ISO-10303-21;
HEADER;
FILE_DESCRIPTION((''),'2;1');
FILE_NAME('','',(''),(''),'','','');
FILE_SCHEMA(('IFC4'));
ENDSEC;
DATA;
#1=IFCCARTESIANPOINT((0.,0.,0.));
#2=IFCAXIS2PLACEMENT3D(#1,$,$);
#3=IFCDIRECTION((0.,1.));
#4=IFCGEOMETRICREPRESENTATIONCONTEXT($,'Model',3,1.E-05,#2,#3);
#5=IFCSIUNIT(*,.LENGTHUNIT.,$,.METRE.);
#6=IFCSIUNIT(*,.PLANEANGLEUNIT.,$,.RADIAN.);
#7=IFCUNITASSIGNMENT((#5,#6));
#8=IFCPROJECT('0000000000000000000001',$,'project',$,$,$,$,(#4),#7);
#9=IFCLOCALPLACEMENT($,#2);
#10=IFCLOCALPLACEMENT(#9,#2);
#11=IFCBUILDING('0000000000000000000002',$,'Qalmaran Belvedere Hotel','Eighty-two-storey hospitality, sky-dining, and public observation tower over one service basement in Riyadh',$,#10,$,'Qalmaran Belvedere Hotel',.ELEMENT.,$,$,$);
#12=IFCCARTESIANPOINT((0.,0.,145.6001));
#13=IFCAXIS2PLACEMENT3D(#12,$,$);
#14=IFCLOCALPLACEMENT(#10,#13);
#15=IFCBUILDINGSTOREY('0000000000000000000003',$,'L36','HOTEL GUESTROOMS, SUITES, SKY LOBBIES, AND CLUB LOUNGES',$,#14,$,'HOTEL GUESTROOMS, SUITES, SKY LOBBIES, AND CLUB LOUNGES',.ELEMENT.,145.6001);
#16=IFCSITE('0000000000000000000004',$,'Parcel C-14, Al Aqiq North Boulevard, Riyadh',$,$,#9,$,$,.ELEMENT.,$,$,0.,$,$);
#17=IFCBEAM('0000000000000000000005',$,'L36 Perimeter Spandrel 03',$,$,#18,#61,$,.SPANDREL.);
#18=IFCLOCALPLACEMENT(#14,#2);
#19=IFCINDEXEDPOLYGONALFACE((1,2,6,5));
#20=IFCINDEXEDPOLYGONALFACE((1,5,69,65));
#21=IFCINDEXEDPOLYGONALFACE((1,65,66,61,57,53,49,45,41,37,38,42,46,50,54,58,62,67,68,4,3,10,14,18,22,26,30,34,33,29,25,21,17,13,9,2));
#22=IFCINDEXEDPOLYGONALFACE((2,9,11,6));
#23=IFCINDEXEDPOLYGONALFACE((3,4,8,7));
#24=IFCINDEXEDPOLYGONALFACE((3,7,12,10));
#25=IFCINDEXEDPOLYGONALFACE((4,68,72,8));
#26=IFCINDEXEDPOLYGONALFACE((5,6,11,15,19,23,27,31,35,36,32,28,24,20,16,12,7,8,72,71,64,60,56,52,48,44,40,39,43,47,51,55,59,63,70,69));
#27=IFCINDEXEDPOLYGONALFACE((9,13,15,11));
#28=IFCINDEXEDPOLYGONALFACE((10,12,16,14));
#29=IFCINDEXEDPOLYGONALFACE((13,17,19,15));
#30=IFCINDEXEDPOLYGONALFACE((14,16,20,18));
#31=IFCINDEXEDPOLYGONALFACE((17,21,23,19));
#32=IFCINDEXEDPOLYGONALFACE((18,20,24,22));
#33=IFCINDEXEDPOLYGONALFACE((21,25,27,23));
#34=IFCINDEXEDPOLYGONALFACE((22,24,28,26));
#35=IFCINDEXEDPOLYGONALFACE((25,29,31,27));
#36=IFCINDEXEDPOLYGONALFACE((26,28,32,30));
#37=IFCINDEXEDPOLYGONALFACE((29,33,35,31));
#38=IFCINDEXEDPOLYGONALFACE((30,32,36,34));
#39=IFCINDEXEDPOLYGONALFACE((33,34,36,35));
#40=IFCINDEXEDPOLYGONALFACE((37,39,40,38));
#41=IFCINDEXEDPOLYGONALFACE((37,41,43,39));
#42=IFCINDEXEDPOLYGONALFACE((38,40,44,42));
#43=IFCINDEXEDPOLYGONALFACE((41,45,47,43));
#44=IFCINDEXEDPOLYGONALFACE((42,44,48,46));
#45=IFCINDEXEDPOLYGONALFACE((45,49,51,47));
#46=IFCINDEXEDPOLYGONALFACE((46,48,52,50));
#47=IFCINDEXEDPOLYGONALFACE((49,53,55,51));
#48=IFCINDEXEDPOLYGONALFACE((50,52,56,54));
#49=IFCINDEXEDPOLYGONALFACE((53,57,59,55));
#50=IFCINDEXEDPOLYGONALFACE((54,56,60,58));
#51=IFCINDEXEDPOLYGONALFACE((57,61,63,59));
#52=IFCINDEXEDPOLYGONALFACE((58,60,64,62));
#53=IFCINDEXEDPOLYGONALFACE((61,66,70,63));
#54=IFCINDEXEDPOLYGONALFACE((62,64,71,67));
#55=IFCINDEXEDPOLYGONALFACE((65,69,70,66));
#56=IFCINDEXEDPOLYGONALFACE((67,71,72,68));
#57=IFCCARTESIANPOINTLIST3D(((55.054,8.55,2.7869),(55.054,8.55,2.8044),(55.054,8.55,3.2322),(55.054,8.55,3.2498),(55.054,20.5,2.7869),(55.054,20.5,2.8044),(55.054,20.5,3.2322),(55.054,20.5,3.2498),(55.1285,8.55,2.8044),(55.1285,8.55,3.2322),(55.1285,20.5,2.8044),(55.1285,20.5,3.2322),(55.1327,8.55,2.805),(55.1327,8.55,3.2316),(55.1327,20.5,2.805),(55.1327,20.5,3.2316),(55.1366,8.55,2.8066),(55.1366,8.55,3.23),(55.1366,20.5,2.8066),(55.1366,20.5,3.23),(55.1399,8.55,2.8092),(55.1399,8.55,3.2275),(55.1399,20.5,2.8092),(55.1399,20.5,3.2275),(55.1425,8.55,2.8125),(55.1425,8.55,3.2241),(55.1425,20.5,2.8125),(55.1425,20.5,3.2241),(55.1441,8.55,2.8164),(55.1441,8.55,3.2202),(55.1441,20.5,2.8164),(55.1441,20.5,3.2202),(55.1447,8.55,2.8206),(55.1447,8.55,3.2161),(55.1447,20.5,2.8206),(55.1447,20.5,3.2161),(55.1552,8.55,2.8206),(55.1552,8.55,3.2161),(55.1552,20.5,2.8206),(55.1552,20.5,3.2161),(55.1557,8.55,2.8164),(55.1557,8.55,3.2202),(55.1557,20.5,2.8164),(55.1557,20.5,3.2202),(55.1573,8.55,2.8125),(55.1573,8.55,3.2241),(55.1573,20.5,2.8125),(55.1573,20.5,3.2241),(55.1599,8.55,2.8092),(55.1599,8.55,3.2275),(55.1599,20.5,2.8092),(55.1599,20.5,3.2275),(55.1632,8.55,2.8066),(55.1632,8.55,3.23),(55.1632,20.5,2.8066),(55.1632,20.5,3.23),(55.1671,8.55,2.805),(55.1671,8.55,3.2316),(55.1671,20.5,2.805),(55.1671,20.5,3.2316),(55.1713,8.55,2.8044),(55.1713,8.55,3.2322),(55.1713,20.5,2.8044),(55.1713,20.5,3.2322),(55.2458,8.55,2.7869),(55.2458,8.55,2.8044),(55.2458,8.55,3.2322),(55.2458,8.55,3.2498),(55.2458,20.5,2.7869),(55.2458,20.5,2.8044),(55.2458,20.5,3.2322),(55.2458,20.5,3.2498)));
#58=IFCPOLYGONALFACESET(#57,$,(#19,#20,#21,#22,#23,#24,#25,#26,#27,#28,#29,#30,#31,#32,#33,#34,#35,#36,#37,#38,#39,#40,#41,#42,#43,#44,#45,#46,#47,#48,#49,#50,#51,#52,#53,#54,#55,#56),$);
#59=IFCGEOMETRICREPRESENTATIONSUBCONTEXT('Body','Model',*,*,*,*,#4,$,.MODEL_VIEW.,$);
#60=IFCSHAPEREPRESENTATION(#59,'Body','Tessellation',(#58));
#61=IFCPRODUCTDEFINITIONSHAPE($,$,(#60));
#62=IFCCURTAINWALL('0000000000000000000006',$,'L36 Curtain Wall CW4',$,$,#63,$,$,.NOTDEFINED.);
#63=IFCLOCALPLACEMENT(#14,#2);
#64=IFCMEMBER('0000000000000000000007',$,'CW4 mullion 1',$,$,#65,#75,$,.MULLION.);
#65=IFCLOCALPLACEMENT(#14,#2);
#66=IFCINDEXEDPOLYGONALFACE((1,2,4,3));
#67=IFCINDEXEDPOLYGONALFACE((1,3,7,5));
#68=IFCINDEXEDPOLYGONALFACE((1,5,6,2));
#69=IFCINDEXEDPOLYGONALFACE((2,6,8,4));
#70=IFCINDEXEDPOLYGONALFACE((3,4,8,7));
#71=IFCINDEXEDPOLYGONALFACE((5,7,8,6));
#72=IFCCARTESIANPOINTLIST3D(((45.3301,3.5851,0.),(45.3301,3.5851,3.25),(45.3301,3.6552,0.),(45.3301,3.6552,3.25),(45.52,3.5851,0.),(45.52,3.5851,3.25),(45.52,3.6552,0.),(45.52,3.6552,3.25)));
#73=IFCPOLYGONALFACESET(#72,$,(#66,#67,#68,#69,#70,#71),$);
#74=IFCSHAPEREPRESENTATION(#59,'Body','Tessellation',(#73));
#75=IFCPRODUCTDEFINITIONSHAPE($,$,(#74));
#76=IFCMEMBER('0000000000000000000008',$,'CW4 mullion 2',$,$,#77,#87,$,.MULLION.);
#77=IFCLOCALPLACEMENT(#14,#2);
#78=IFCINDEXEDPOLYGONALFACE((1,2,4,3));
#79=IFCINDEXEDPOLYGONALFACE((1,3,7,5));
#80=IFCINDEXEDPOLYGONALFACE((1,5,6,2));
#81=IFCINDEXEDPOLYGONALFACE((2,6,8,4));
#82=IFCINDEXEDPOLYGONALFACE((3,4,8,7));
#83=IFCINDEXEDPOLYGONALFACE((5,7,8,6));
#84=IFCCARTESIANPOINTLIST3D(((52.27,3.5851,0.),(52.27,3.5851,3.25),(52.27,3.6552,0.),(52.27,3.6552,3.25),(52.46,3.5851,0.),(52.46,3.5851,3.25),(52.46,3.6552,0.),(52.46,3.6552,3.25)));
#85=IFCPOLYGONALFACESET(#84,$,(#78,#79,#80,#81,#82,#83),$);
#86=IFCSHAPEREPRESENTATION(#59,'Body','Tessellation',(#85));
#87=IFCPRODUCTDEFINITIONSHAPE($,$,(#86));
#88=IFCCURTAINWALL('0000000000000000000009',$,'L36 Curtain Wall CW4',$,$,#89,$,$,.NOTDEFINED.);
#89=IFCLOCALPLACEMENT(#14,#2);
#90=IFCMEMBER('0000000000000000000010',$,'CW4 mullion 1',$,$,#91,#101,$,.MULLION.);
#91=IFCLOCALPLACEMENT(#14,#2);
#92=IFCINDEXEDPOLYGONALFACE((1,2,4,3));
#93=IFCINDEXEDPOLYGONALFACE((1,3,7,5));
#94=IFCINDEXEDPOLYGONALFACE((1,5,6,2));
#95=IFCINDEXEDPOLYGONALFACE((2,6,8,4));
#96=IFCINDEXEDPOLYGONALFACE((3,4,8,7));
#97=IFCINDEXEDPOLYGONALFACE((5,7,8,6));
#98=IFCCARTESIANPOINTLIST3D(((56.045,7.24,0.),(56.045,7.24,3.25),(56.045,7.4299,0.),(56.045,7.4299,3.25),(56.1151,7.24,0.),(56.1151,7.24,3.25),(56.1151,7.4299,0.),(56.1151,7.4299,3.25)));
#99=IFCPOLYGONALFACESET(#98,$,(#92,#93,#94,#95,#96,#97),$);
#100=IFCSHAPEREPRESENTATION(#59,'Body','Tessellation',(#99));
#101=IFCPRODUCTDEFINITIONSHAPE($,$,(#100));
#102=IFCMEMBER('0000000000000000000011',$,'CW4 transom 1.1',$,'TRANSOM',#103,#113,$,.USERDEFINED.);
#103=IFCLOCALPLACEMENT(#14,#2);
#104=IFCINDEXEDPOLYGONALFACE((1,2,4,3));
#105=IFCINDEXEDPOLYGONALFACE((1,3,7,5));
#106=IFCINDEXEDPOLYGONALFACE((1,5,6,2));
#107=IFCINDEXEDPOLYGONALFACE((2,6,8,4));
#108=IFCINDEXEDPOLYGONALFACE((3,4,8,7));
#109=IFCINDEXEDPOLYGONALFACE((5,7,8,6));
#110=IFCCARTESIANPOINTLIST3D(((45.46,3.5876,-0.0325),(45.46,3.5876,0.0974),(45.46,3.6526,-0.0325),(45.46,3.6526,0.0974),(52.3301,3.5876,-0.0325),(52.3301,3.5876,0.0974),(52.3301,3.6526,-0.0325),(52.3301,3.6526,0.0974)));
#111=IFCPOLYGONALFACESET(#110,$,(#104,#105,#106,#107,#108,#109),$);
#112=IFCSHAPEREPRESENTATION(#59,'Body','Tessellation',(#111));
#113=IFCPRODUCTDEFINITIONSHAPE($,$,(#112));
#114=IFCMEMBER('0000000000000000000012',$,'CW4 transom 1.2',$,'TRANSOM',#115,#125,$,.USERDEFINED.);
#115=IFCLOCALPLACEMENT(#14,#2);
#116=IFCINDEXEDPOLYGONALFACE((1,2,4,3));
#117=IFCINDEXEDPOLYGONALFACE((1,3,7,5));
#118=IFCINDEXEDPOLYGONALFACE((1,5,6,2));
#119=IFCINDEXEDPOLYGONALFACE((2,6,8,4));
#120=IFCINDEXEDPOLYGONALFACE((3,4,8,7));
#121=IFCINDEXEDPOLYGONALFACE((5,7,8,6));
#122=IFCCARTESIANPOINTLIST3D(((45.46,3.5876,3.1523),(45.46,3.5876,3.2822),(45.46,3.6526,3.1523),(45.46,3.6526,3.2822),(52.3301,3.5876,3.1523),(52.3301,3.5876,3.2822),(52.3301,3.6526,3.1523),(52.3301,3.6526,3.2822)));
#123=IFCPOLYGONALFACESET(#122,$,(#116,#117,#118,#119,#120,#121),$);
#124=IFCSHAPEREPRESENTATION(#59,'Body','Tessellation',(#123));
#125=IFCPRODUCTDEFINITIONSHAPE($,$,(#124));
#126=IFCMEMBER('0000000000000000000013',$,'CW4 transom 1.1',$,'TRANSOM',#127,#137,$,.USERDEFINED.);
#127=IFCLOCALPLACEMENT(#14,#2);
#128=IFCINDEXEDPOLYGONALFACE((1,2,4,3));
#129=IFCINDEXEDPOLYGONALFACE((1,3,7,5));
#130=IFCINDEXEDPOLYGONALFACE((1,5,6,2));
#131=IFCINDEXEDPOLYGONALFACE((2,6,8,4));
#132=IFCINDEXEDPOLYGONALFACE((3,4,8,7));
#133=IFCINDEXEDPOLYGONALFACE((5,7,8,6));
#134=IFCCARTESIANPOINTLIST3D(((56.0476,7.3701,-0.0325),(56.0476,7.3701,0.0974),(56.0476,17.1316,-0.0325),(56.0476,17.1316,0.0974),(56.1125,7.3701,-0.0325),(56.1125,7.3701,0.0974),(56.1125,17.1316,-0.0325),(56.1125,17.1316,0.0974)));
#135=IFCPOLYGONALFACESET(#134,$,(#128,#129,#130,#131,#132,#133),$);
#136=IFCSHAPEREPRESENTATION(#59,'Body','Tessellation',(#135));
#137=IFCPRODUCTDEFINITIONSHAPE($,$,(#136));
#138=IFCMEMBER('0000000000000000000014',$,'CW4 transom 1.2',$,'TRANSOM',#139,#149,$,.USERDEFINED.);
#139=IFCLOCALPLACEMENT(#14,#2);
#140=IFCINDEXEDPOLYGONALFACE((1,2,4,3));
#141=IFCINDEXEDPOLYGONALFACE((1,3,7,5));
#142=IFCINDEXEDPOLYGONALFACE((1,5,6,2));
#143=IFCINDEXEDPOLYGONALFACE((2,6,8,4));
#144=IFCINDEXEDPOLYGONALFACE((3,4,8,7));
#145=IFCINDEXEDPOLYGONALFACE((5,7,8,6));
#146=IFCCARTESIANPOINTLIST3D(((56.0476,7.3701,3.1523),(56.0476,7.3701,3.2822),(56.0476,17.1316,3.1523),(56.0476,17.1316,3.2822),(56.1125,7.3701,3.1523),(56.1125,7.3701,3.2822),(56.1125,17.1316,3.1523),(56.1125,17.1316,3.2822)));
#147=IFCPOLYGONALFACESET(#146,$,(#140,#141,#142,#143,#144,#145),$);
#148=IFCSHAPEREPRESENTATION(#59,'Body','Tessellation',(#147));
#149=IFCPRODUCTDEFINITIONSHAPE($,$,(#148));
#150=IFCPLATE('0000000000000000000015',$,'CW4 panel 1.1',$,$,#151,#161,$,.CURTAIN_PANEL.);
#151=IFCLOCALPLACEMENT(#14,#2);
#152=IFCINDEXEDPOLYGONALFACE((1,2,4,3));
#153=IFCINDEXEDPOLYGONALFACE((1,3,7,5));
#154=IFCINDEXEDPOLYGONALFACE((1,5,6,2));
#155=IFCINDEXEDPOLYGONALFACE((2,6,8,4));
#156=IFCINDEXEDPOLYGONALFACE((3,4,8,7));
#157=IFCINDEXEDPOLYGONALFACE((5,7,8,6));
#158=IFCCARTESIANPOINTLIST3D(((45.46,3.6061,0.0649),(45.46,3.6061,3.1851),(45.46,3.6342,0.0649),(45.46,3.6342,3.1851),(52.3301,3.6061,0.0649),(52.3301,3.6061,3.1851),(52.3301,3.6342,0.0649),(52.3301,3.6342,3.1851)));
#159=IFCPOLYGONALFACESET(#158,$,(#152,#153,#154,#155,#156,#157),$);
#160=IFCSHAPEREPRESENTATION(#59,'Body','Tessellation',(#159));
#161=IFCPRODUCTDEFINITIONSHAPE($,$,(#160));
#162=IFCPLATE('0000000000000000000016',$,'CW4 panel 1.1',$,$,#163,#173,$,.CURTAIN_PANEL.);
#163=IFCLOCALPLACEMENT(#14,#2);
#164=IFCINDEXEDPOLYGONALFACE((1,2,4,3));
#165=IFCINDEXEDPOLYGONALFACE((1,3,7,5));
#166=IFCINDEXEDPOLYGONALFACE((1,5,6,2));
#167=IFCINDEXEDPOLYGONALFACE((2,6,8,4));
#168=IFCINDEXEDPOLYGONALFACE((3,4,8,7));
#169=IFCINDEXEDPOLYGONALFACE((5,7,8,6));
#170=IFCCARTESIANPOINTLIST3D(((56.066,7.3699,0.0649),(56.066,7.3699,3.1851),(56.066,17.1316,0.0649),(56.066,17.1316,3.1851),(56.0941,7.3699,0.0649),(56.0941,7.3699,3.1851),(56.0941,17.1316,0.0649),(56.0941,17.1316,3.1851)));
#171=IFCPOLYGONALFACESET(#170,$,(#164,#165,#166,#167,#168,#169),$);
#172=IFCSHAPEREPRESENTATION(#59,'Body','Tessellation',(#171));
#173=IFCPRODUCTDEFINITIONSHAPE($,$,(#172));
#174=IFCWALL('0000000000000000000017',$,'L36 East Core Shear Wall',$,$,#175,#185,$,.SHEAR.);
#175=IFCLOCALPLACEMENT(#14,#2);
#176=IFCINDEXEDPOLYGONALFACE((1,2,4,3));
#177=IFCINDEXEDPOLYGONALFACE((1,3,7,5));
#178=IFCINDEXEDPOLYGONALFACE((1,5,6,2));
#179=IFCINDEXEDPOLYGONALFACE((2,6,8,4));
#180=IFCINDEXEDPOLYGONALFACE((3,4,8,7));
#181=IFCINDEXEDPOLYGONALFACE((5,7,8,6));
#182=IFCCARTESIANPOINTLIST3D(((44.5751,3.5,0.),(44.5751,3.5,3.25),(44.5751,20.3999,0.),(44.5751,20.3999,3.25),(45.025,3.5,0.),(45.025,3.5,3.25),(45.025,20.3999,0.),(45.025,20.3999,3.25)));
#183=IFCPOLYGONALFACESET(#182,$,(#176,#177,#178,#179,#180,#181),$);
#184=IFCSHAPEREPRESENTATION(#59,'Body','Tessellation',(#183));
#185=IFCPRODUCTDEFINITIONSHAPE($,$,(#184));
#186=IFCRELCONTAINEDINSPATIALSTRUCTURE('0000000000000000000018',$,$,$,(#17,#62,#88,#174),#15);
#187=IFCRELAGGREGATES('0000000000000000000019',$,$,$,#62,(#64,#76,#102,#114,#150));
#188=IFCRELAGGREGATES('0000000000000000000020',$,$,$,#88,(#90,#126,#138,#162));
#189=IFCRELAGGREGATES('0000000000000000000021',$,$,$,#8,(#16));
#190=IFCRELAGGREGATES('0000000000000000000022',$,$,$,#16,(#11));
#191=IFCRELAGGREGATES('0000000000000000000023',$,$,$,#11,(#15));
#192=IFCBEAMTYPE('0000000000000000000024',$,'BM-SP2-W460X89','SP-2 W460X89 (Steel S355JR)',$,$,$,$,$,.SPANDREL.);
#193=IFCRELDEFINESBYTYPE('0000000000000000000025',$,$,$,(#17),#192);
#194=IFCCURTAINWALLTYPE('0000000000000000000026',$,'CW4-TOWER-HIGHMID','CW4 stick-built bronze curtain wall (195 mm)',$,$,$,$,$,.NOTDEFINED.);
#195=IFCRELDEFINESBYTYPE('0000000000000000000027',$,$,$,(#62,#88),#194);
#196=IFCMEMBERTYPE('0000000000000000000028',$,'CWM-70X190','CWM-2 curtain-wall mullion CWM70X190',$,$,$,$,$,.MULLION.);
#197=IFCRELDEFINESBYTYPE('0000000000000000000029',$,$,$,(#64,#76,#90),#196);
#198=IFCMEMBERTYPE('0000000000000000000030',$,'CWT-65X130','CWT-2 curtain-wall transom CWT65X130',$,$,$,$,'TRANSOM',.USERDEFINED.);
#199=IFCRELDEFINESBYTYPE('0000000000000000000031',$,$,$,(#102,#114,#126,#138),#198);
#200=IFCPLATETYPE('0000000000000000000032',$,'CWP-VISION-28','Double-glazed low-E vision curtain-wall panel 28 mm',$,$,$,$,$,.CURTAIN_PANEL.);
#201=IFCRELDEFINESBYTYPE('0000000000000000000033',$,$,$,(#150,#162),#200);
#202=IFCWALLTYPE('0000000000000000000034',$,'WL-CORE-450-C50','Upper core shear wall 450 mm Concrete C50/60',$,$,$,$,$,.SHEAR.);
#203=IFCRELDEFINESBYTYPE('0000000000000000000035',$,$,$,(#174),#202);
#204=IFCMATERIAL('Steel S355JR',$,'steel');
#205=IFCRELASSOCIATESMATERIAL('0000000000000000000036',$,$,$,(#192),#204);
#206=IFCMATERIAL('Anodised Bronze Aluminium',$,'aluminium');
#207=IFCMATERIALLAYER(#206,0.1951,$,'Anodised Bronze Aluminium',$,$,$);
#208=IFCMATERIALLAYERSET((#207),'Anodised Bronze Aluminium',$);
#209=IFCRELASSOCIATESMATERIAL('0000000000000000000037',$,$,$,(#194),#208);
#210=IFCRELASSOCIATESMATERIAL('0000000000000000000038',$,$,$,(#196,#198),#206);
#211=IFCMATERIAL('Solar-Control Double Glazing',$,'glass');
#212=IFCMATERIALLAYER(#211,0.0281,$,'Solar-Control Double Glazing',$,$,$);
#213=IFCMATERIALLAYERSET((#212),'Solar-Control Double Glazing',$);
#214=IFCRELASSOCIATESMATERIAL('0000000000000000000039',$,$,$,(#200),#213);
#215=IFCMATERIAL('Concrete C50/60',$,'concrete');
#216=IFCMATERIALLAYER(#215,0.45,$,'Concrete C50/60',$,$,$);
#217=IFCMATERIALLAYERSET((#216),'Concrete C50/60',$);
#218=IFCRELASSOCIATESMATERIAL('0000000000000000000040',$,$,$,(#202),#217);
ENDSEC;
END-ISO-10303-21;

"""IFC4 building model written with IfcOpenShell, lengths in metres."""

from ifc_helpers import new_model, si_unit, direction, frame, frame_2d, origin, origin_2d, place, context, subcontext, project, spatial, rectangle, i_section, extrude, material, layer, layer_set, material_profile, profile_set, type_object, element, aggregate, save


model = new_model("IFC4")

# Units and contexts
model_context = context("Model", 3, precision=1e-05, world=origin(), true_north=direction((0.0, 1.0)))
body_context = subcontext(model_context, "Body", "Model", "MODEL_VIEW")
ifc_project = project(units=[si_unit("LENGTHUNIT", "METRE"), si_unit("PLANEANGLEUNIT", "RADIAN")], contexts=[model_context])

# Site, building, storey
site_placement = place(None, origin())
site = spatial("IfcSite", under=ifc_project, at=site_placement, Name="Parcel C-14, Al Aqiq North Boulevard, Riyadh", CompositionType="ELEMENT", RefElevation=0.0)
building_placement = place(site_placement, origin())
building = spatial("IfcBuilding", under=site, at=building_placement, Name="Qalmaran Belvedere Hotel", Description="Eighty-two-storey hospitality, sky-dining, and public observation tower over one service basement in Riyadh", LongName="Qalmaran Belvedere Hotel", CompositionType="ELEMENT")
storey_placement = place(building_placement, frame((0.0, 0.0, 145.6001)))
storey = spatial("IfcBuildingStorey", under=building, at=storey_placement, Name="L36", Description="HOTEL GUESTROOMS, SUITES, SKY LOBBIES, AND CLUB LOUNGES", LongName="HOTEL GUESTROOMS, SUITES, SKY LOBBIES, AND CLUB LOUNGES", CompositionType="ELEMENT", Elevation=145.6001)

# Shared definitions
ifc_material_1 = material(Name="Concrete C50/60", Category="concrete")

# Beam
ifc_material_2 = material(Name="Steel S355JR", Category="steel")
ifc_material_profile_1 = material_profile(ifc_material_2, i_section(OverallWidth=0.1919, OverallDepth=0.4629, WebThickness=0.0105, FlangeThickness=0.0176, FilletRadius=0.0161, at=origin_2d()), Name="W460X89")
ifc_profile_set_1 = profile_set([ifc_material_profile_1], Name="Steel S355JR")
beam_type_1 = type_object("IfcBeamType", Name="BM-SP2-W460X89", Description="SP-2 W460X89 (Steel S355JR)", PredefinedType="SPANDREL", material=ifc_profile_set_1)
beam_1_placement = place(storey_placement, frame((55.1499, 8.55, 3.0183), z_axis=(0.0, 1.0, 0.0), x_axis=(-1.0, 0.0, 0.0)))
element("IfcBeam", 1, at=beam_1_placement, inside=storey, type_object=beam_type_1, Name="L36 Perimeter Spandrel 03", PredefinedType="SPANDREL", context=body_context, shape_type="SweptSolid", body=[
    extrude(i_section(OverallWidth=0.1919, OverallDepth=0.4629, WebThickness=0.0105, FlangeThickness=0.0176, FilletRadius=0.0161, at=origin_2d()), origin(), (0.0, 0.0, 1.0), 11.95),
])

# Curtain wall, members
ifc_material_3 = material(Name="Anodised Bronze Aluminium", Category="aluminium")
ifc_layer_1 = layer(ifc_material_3, 0.1951, Name="Anodised Bronze Aluminium")
ifc_layer_set_1 = layer_set([ifc_layer_1], Name="Anodised Bronze Aluminium")
curtain_wall_type = type_object("IfcCurtainWallType", Name="CW4-TOWER-HIGHMID", Description="CW4 stick-built bronze curtain wall (195 mm)", PredefinedType="NOTDEFINED", material=ifc_layer_set_1)
curtain_wall_1_placement = place(storey_placement, origin())
curtain_wall_1 = element("IfcCurtainWall", 2, at=curtain_wall_1_placement, inside=storey, type_object=curtain_wall_type, Name="L36 Curtain Wall CW4", PredefinedType="NOTDEFINED")
ifc_material_profile_2 = material_profile(ifc_material_3, rectangle(XDim=0.0701, YDim=0.1899, at=origin_2d()), Name="CWM70X190")
ifc_profile_set_2 = profile_set([ifc_material_profile_2], Name="Anodised Bronze Aluminium")
member_type_1 = type_object("IfcMemberType", Name="CWM-70X190", Description="CWM-2 curtain-wall mullion CWM70X190", PredefinedType="MULLION", material=ifc_profile_set_2)
member_1_placement = place(storey_placement, frame((45.425, 3.6201, 0.0), z_axis=(0.0, 0.0, 1.0), x_axis=(0.0, 1.0, 0.0)))
member_1 = element("IfcMember", 3, at=member_1_placement, type_object=member_type_1, Name="CW4 mullion 1", PredefinedType="MULLION", context=body_context, shape_type="SweptSolid", body=[
    extrude(rectangle(XDim=0.0701, YDim=0.1899, at=origin_2d()), origin(), (0.0, 0.0, 1.0), 3.25),
])
member_2_placement = place(storey_placement, frame((52.365, 3.6201, 0.0), z_axis=(0.0, 0.0, 1.0), x_axis=(0.0, 1.0, 0.0)))
member_2 = element("IfcMember", 4, at=member_2_placement, type_object=member_type_1, Name="CW4 mullion 2", PredefinedType="MULLION", context=body_context, shape_type="SweptSolid", body=[
    extrude(rectangle(XDim=0.0701, YDim=0.1899, at=origin_2d()), origin(), (0.0, 0.0, 1.0), 3.25),
])

# Curtain wall, member
curtain_wall_2_placement = place(storey_placement, origin())
curtain_wall_2 = element("IfcCurtainWall", 5, at=curtain_wall_2_placement, inside=storey, type_object=curtain_wall_type, Name="L36 Curtain Wall CW4", PredefinedType="NOTDEFINED")
member_3_placement = place(storey_placement, frame((56.0801, 7.335, 0.0), z_axis=(0.0, 0.0, 1.0), x_axis=(-1.0, 0.0, 0.0)))
member_3 = element("IfcMember", 6, at=member_3_placement, type_object=member_type_1, Name="CW4 mullion 1", PredefinedType="MULLION", context=body_context, shape_type="SweptSolid", body=[
    extrude(rectangle(XDim=0.0701, YDim=0.1899, at=origin_2d()), origin(), (0.0, 0.0, 1.0), 3.25),
])

# Members
ifc_material_profile_3 = material_profile(ifc_material_3, rectangle(XDim=0.0649, YDim=0.1299, at=origin_2d()), Name="CWT65X130")
ifc_profile_set_3 = profile_set([ifc_material_profile_3], Name="Anodised Bronze Aluminium")
member_type_2 = type_object("IfcMemberType", Name="CWT-65X130", Description="CWT-2 curtain-wall transom CWT65X130", ElementType="TRANSOM", PredefinedType="USERDEFINED", material=ifc_profile_set_3)
member_4_placement = place(storey_placement, frame((45.46, 3.6201, 0.0325), z_axis=(1.0, 0.0, 0.0), x_axis=(0.0, 1.0, 0.0)))
member_4 = element("IfcMember", 7, at=member_4_placement, type_object=member_type_2, Name="CW4 transom 1.1", ObjectType="TRANSOM", PredefinedType="USERDEFINED", context=body_context, shape_type="SweptSolid", body=[
    extrude(rectangle(XDim=0.0649, YDim=0.1299, at=origin_2d()), origin(), (0.0, 0.0, 1.0), 6.8701),
])
member_5_placement = place(storey_placement, frame((45.46, 3.6201, 3.2173), z_axis=(1.0, 0.0, 0.0), x_axis=(0.0, 1.0, 0.0)))
member_5 = element("IfcMember", 8, at=member_5_placement, type_object=member_type_2, Name="CW4 transom 1.2", ObjectType="TRANSOM", PredefinedType="USERDEFINED", context=body_context, shape_type="SweptSolid", body=[
    extrude(rectangle(XDim=0.0649, YDim=0.1299, at=origin_2d()), origin(), (0.0, 0.0, 1.0), 6.8701),
])
member_6_placement = place(storey_placement, frame((56.0801, 7.3701, 0.0325), z_axis=(0.0, 1.0, 0.0), x_axis=(-1.0, 0.0, 0.0)))
member_6 = element("IfcMember", 9, at=member_6_placement, type_object=member_type_2, Name="CW4 transom 1.1", ObjectType="TRANSOM", PredefinedType="USERDEFINED", context=body_context, shape_type="SweptSolid", body=[
    extrude(rectangle(XDim=0.0649, YDim=0.1299, at=origin_2d()), origin(), (0.0, 0.0, 1.0), 9.7615),
])
member_7_placement = place(storey_placement, frame((56.0801, 7.3701, 3.2173), z_axis=(0.0, 1.0, 0.0), x_axis=(-1.0, 0.0, 0.0)))
member_7 = element("IfcMember", 10, at=member_7_placement, type_object=member_type_2, Name="CW4 transom 1.2", ObjectType="TRANSOM", PredefinedType="USERDEFINED", context=body_context, shape_type="SweptSolid", body=[
    extrude(rectangle(XDim=0.0649, YDim=0.1299, at=origin_2d()), origin(), (0.0, 0.0, 1.0), 9.7615),
])

# Plates
ifc_material_4 = material(Name="Solar-Control Double Glazing", Category="glass")
ifc_layer_2 = layer(ifc_material_4, 0.0281, Name="Solar-Control Double Glazing")
ifc_layer_set_2 = layer_set([ifc_layer_2], Name="Solar-Control Double Glazing")
plate_type = type_object("IfcPlateType", Name="CWP-VISION-28", Description="Double-glazed low-E vision curtain-wall panel 28 mm", PredefinedType="CURTAIN_PANEL", material=ifc_layer_set_2)
plate_1_placement = place(storey_placement, frame((48.895, 3.6201, 0.0649), z_axis=(0.0, 0.0, 1.0), x_axis=(1.0, 0.0, 0.0)))
plate_1 = element("IfcPlate", 11, at=plate_1_placement, type_object=plate_type, Name="CW4 panel 1.1", PredefinedType="CURTAIN_PANEL", context=body_context, shape_type="SweptSolid", body=[
    extrude(rectangle(XDim=6.8701, YDim=0.0281, at=origin_2d()), origin(), (0.0, 0.0, 1.0), 3.1201),
])
aggregate(curtain_wall_1, [member_1, member_2, member_4, member_5, plate_1])
plate_2_placement = place(storey_placement, frame((56.0801, 12.2507, 0.0649), z_axis=(0.0, 0.0, 1.0), x_axis=(0.0, 1.0, 0.0)))
plate_2 = element("IfcPlate", 12, at=plate_2_placement, type_object=plate_type, Name="CW4 panel 1.1", PredefinedType="CURTAIN_PANEL", context=body_context, shape_type="SweptSolid", body=[
    extrude(rectangle(XDim=9.7617, YDim=0.0281, at=origin_2d()), origin(), (0.0, 0.0, 1.0), 3.1201),
])
aggregate(curtain_wall_2, [member_3, member_6, member_7, plate_2])

# Wall
ifc_layer_3 = layer(ifc_material_1, 0.45, Name="Concrete C50/60")
ifc_layer_set_3 = layer_set([ifc_layer_3], Name="Concrete C50/60")
wall_type_1 = type_object("IfcWallType", Name="WL-CORE-450-C50", Description="Upper core shear wall 450 mm Concrete C50/60", PredefinedType="SHEAR", material=ifc_layer_set_3)
wall_1_placement = place(storey_placement, frame((44.8, 3.5, 0.0), z_axis=(0.0, 0.0, 1.0), x_axis=(0.0, 1.0, 0.0)))
element("IfcWall", 13, at=wall_1_placement, inside=storey, type_object=wall_type_1, Name="L36 East Core Shear Wall", PredefinedType="SHEAR", context=body_context, shape_type="SweptSolid", body=[
    extrude(rectangle(XDim=16.8999, YDim=0.45, at=frame_2d((8.45, 0.0))), origin(), (0.0, 0.0, 1.0), 3.25),
])

save(model, "model.ifc")
